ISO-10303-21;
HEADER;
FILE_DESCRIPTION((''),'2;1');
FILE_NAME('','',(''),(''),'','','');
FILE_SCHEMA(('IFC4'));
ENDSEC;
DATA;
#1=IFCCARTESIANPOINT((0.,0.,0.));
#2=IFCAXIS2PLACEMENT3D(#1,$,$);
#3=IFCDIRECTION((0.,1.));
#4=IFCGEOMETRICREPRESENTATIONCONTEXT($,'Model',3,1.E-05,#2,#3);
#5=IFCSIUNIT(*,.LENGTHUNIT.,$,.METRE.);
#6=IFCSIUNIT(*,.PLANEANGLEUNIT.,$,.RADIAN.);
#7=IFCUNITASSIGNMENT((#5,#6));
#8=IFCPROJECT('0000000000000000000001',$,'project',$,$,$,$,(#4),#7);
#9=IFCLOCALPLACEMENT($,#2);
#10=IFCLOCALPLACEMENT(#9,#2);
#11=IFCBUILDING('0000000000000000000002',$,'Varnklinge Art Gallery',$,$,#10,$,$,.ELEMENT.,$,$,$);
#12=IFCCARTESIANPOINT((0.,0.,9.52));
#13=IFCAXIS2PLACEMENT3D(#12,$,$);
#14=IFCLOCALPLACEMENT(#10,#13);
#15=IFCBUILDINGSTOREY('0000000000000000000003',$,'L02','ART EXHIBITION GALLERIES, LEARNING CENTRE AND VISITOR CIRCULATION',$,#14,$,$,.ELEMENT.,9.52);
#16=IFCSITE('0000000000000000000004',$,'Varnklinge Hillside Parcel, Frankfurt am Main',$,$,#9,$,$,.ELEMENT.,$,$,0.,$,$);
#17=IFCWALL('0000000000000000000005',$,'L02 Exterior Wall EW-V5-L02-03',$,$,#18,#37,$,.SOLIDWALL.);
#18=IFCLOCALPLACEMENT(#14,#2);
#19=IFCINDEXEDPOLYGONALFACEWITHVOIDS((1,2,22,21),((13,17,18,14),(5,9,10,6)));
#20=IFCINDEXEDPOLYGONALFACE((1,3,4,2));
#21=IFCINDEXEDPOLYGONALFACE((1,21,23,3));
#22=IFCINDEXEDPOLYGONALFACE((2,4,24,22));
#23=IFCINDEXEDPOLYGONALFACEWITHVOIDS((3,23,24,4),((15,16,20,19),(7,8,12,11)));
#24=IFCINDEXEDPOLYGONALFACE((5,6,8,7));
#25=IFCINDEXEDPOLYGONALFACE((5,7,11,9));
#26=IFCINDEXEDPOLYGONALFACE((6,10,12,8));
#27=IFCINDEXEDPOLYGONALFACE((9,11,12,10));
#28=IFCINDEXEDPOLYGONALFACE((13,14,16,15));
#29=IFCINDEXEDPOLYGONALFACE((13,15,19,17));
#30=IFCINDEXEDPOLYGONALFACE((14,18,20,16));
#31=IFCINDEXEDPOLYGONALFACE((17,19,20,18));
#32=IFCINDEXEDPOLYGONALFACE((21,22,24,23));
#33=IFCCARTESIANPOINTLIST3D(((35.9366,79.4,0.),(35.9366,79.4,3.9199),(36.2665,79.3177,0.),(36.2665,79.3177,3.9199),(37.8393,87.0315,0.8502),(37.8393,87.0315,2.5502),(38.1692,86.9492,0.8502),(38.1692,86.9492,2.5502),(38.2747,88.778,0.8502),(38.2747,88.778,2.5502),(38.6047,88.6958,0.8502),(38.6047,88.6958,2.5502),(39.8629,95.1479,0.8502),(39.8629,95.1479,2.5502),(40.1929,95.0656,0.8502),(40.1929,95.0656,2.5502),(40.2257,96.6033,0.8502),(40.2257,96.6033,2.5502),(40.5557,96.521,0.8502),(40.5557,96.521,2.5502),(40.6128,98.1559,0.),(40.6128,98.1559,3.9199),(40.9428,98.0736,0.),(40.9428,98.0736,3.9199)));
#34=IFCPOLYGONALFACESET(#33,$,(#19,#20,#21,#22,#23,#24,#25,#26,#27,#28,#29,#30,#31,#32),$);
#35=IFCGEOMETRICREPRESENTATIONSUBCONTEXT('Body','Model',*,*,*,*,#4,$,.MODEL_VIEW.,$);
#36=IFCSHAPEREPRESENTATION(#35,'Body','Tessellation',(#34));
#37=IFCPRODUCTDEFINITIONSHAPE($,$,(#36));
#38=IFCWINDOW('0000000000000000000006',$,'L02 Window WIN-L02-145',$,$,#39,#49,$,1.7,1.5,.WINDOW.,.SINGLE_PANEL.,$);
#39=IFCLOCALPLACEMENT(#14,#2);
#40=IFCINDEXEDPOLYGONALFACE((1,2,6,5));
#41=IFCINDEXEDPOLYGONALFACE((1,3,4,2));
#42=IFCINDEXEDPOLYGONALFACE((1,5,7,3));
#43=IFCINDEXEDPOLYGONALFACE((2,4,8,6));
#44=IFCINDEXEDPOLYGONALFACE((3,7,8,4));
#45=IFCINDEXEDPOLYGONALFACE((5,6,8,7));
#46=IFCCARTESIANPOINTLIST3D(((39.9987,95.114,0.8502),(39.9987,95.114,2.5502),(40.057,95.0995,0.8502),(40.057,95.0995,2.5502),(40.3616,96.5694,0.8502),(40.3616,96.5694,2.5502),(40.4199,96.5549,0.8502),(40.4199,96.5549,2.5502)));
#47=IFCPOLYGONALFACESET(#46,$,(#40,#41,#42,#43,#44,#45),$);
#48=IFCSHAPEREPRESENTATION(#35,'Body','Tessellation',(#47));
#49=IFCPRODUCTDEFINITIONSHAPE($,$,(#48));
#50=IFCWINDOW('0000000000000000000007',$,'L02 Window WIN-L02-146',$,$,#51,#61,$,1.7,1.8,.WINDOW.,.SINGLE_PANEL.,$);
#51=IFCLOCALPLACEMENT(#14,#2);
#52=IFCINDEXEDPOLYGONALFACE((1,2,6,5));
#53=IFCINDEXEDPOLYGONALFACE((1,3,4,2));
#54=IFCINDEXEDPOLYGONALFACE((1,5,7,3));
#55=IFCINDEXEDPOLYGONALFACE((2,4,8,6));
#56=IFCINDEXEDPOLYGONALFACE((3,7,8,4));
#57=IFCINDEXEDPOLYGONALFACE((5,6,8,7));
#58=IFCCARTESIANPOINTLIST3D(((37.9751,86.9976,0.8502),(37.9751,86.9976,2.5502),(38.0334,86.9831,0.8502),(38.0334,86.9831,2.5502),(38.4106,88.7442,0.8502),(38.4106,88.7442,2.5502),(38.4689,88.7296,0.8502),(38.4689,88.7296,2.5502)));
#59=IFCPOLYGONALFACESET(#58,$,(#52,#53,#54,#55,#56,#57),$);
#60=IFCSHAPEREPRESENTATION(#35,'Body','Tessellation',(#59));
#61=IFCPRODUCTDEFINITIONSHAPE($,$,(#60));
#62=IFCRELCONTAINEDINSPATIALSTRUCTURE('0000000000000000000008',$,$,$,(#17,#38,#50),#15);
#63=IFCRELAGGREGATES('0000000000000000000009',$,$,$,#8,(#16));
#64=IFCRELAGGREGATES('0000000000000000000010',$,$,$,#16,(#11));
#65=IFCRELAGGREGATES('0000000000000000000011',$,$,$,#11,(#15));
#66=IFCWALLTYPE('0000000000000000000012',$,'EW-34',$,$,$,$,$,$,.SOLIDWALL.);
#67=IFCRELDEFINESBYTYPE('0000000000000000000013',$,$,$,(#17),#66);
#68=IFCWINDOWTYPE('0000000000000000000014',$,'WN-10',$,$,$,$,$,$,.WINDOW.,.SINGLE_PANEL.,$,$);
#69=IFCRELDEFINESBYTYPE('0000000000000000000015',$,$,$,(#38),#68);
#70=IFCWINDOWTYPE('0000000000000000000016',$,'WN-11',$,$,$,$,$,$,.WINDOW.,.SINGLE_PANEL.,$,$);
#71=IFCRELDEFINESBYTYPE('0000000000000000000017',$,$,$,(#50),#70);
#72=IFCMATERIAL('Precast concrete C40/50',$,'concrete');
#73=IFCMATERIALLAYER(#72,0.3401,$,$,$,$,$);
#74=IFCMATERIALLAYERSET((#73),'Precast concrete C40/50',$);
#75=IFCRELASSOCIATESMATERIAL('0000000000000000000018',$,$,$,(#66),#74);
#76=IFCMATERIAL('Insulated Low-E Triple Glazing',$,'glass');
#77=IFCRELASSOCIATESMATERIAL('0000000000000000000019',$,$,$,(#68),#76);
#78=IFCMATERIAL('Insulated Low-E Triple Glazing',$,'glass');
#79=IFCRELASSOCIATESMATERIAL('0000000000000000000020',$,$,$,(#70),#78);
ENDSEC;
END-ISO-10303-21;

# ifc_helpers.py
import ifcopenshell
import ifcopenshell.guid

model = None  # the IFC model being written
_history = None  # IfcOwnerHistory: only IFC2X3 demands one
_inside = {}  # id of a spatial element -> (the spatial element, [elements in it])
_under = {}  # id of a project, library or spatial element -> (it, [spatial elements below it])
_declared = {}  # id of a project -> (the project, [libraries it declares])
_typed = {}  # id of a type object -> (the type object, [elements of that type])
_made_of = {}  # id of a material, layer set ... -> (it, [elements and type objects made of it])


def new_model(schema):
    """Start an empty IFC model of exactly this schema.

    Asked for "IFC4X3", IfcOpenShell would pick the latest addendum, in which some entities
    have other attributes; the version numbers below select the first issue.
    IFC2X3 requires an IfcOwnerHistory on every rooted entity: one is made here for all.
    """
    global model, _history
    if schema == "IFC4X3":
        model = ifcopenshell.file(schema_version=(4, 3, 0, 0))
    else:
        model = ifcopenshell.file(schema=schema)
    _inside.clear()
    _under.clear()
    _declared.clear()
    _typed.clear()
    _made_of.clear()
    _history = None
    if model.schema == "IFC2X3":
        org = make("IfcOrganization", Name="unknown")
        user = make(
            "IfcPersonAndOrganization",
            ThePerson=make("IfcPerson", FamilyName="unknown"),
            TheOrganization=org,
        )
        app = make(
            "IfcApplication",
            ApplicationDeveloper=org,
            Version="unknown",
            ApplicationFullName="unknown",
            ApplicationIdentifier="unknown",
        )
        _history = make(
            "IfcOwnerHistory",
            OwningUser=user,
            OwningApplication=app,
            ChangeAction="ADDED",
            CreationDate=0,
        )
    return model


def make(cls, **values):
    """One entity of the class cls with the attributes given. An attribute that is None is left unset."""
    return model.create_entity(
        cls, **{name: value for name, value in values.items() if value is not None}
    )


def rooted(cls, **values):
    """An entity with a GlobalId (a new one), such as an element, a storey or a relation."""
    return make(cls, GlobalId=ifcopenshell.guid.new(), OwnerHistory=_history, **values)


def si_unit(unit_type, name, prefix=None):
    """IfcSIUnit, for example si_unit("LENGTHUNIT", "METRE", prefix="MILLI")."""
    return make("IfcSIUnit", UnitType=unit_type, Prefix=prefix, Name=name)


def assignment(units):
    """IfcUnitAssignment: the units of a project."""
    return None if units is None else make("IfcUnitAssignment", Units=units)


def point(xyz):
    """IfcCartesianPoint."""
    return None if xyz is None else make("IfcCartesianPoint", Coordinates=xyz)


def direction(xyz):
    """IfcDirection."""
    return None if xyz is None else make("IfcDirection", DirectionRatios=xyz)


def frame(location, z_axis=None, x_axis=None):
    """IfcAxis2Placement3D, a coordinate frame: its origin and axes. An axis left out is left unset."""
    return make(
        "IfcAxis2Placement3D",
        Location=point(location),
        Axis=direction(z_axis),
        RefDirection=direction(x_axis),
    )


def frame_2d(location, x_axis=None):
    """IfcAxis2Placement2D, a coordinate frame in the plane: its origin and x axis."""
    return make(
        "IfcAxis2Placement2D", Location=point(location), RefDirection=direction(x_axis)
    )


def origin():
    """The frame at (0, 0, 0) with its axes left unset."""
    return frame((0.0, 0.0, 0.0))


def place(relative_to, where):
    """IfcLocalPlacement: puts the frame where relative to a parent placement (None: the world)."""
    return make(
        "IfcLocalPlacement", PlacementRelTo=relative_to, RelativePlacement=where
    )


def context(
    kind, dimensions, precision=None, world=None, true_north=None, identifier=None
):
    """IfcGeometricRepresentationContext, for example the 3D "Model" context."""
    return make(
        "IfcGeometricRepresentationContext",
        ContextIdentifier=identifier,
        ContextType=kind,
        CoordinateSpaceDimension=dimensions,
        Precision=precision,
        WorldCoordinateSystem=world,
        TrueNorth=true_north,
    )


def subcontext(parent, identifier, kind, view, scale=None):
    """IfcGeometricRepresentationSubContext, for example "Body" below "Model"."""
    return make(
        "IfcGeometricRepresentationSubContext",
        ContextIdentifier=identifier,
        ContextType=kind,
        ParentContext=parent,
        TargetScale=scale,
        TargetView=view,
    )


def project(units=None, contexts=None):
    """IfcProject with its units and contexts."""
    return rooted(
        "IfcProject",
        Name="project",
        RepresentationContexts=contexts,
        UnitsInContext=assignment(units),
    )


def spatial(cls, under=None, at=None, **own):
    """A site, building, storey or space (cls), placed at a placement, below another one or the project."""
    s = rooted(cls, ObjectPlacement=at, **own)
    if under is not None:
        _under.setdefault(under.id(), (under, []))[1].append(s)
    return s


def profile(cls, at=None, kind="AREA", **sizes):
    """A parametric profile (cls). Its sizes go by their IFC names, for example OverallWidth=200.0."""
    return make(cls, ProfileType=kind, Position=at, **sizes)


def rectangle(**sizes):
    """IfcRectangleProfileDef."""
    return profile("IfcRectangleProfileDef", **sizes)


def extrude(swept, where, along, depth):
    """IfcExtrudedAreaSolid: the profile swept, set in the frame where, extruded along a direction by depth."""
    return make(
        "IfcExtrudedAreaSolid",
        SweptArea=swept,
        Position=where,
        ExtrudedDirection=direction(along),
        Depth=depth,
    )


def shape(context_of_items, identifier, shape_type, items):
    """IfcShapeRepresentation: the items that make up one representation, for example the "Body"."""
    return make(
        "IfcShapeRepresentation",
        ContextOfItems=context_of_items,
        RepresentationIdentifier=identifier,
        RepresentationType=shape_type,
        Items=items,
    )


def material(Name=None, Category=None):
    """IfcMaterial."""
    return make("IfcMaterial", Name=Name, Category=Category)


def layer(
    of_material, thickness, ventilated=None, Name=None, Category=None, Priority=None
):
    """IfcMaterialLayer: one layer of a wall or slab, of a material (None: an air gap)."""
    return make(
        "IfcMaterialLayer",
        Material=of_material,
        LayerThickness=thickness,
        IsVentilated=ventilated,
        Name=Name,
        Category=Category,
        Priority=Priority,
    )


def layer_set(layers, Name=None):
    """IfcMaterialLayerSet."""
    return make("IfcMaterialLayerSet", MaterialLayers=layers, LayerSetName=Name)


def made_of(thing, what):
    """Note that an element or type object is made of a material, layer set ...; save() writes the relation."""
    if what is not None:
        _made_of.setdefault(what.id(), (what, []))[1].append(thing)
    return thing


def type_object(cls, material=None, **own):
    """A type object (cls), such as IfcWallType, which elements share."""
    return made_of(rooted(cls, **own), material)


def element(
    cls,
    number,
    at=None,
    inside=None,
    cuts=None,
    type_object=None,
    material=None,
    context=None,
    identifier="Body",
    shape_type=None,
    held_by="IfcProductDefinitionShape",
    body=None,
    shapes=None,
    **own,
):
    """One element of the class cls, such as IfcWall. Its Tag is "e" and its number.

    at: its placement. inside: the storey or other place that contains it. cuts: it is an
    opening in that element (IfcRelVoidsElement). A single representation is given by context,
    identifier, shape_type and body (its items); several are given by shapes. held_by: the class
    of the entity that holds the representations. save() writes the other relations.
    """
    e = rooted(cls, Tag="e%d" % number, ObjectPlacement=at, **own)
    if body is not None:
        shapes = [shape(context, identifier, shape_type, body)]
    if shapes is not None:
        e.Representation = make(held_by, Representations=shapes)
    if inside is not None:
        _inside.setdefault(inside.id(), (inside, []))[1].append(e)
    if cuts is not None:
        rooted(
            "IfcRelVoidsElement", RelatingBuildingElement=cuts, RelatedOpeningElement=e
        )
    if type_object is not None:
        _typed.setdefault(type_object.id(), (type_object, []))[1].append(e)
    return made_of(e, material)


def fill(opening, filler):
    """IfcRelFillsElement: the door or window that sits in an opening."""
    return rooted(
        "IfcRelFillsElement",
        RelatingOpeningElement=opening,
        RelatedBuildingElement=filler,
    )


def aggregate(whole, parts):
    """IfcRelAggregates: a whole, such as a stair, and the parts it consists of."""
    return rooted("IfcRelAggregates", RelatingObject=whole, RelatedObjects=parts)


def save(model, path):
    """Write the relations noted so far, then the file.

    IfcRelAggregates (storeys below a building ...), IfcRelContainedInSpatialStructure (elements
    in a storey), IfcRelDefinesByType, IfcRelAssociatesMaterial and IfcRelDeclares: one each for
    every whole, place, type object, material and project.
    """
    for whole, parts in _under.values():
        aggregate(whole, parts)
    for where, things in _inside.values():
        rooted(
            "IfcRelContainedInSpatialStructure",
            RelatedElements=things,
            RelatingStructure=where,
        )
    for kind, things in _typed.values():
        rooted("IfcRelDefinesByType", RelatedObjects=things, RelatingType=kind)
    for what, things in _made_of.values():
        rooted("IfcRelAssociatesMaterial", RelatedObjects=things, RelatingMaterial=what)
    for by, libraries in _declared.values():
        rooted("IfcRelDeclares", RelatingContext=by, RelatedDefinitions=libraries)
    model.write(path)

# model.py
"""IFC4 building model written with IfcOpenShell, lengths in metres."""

from ifc_helpers import new_model, si_unit, direction, frame, frame_2d, origin, place, context, subcontext, project, spatial, rectangle, extrude, material, layer, layer_set, type_object, element, fill, save


model = new_model("IFC4")

# Units and contexts
model_context = context("Model", 3, precision=1e-05, world=origin(), true_north=direction((0.0, 1.0)))
body_context = subcontext(model_context, "Body", "Model", "MODEL_VIEW")
ifc_project = project(units=[si_unit("LENGTHUNIT", "METRE"), si_unit("PLANEANGLEUNIT", "RADIAN")], contexts=[model_context])

# Site, building, storey
site_placement = place(None, origin())
site = spatial("IfcSite", under=ifc_project, at=site_placement, Name="Varnklinge Hillside Parcel, Frankfurt am Main", CompositionType="ELEMENT", RefElevation=0.0)
building_placement = place(site_placement, origin())
building = spatial("IfcBuilding", under=site, at=building_placement, Name="Varnklinge Art Gallery", CompositionType="ELEMENT")
storey_placement = place(building_placement, frame((0.0, 0.0, 9.52)))
storey = spatial("IfcBuildingStorey", under=building, at=storey_placement, Name="L02", Description="ART EXHIBITION GALLERIES, LEARNING CENTRE AND VISITOR CIRCULATION", CompositionType="ELEMENT", Elevation=9.52)

# Wall, openings, windows
ifc_material_1 = material(Name="Precast concrete C40/50", Category="concrete")
ifc_layer_1 = layer(ifc_material_1, 0.3401)
ifc_layer_set_1 = layer_set([ifc_layer_1], Name="Precast concrete C40/50")
wall_type = type_object("IfcWallType", Name="EW-34", PredefinedType="SOLIDWALL", material=ifc_layer_set_1)
wall_placement = place(storey_placement, frame((40.7778, 98.1147, 0.0), z_axis=(0.0, 0.0, 1.0), x_axis=(-0.241917, -0.970297, 0.0)))
wall = element("IfcWall", 1, at=wall_placement, inside=storey, type_object=wall_type, Name="L02 Exterior Wall EW-V5-L02-03", PredefinedType="SOLIDWALL", context=body_context, shape_type="SweptSolid", body=[
    extrude(rectangle(XDim=19.3301, YDim=0.3401, at=frame_2d((9.665, 0.0))), origin(), (0.0, 0.0, 1.0), 3.9199),
])
opening_1_placement = place(wall_placement, frame((1.6001, 0.0, 0.8501)))
opening_1 = element("IfcOpeningElement", 2, at=opening_1_placement, cuts=wall, PredefinedType="OPENING", context=body_context, shape_type="SweptSolid", body=[
    extrude(rectangle(XDim=1.5, YDim=1.7, at=frame_2d((0.75, 0.8501))), frame((0.0, 0.1799, 0.0), z_axis=(0.0, -1.0, 0.0), x_axis=(1.0, 0.0, 0.0)), (0.0, 0.0, 1.0), 0.3601),
])
opening_2_placement = place(wall_placement, frame((9.665, 0.0, 0.8501)))
opening_2 = element("IfcOpeningElement", 3, at=opening_2_placement, cuts=wall, PredefinedType="OPENING", context=body_context, shape_type="SweptSolid", body=[
    extrude(rectangle(XDim=1.8, YDim=1.7, at=frame_2d((0.8999, 0.8501))), frame((0.0, 0.1799, 0.0), z_axis=(0.0, -1.0, 0.0), x_axis=(1.0, 0.0, 0.0)), (0.0, 0.0, 1.0), 0.3601),
])
ifc_material_2 = material(Name="Insulated Low-E Triple Glazing", Category="glass")
window_type_1 = type_object("IfcWindowType", Name="WN-10", PartitioningType="SINGLE_PANEL", PredefinedType="WINDOW", material=ifc_material_2)
window_1_placement = place(opening_1_placement, origin())
window_1 = element("IfcWindow", 4, at=window_1_placement, inside=storey, type_object=window_type_1, Name="L02 Window WIN-L02-145", OverallHeight=1.7, OverallWidth=1.5, PartitioningType="SINGLE_PANEL", PredefinedType="WINDOW", context=body_context, shape_type="SweptSolid", body=[
    extrude(rectangle(XDim=1.5, YDim=1.7, at=frame_2d((0.75, 0.8501))), frame((0.0, 0.03, 0.0), z_axis=(0.0, -1.0, 0.0), x_axis=(1.0, 0.0, 0.0)), (0.0, 0.0, 1.0), 0.0601),
])
fill(opening_1, window_1)
ifc_material_3 = material(Name="Insulated Low-E Triple Glazing", Category="glass")
window_type_2 = type_object("IfcWindowType", Name="WN-11", PartitioningType="SINGLE_PANEL", PredefinedType="WINDOW", material=ifc_material_3)
window_2_placement = place(opening_2_placement, origin())
window_2 = element("IfcWindow", 5, at=window_2_placement, inside=storey, type_object=window_type_2, Name="L02 Window WIN-L02-146", OverallHeight=1.7, OverallWidth=1.8, PartitioningType="SINGLE_PANEL", PredefinedType="WINDOW", context=body_context, shape_type="SweptSolid", body=[
    extrude(rectangle(XDim=1.8, YDim=1.7, at=frame_2d((0.8999, 0.8501))), frame((0.0, 0.03, 0.0), z_axis=(0.0, -1.0, 0.0), x_axis=(1.0, 0.0, 0.0)), (0.0, 0.0, 1.0), 0.0601),
])
fill(opening_2, window_2)

save(model, "model.ifc")
